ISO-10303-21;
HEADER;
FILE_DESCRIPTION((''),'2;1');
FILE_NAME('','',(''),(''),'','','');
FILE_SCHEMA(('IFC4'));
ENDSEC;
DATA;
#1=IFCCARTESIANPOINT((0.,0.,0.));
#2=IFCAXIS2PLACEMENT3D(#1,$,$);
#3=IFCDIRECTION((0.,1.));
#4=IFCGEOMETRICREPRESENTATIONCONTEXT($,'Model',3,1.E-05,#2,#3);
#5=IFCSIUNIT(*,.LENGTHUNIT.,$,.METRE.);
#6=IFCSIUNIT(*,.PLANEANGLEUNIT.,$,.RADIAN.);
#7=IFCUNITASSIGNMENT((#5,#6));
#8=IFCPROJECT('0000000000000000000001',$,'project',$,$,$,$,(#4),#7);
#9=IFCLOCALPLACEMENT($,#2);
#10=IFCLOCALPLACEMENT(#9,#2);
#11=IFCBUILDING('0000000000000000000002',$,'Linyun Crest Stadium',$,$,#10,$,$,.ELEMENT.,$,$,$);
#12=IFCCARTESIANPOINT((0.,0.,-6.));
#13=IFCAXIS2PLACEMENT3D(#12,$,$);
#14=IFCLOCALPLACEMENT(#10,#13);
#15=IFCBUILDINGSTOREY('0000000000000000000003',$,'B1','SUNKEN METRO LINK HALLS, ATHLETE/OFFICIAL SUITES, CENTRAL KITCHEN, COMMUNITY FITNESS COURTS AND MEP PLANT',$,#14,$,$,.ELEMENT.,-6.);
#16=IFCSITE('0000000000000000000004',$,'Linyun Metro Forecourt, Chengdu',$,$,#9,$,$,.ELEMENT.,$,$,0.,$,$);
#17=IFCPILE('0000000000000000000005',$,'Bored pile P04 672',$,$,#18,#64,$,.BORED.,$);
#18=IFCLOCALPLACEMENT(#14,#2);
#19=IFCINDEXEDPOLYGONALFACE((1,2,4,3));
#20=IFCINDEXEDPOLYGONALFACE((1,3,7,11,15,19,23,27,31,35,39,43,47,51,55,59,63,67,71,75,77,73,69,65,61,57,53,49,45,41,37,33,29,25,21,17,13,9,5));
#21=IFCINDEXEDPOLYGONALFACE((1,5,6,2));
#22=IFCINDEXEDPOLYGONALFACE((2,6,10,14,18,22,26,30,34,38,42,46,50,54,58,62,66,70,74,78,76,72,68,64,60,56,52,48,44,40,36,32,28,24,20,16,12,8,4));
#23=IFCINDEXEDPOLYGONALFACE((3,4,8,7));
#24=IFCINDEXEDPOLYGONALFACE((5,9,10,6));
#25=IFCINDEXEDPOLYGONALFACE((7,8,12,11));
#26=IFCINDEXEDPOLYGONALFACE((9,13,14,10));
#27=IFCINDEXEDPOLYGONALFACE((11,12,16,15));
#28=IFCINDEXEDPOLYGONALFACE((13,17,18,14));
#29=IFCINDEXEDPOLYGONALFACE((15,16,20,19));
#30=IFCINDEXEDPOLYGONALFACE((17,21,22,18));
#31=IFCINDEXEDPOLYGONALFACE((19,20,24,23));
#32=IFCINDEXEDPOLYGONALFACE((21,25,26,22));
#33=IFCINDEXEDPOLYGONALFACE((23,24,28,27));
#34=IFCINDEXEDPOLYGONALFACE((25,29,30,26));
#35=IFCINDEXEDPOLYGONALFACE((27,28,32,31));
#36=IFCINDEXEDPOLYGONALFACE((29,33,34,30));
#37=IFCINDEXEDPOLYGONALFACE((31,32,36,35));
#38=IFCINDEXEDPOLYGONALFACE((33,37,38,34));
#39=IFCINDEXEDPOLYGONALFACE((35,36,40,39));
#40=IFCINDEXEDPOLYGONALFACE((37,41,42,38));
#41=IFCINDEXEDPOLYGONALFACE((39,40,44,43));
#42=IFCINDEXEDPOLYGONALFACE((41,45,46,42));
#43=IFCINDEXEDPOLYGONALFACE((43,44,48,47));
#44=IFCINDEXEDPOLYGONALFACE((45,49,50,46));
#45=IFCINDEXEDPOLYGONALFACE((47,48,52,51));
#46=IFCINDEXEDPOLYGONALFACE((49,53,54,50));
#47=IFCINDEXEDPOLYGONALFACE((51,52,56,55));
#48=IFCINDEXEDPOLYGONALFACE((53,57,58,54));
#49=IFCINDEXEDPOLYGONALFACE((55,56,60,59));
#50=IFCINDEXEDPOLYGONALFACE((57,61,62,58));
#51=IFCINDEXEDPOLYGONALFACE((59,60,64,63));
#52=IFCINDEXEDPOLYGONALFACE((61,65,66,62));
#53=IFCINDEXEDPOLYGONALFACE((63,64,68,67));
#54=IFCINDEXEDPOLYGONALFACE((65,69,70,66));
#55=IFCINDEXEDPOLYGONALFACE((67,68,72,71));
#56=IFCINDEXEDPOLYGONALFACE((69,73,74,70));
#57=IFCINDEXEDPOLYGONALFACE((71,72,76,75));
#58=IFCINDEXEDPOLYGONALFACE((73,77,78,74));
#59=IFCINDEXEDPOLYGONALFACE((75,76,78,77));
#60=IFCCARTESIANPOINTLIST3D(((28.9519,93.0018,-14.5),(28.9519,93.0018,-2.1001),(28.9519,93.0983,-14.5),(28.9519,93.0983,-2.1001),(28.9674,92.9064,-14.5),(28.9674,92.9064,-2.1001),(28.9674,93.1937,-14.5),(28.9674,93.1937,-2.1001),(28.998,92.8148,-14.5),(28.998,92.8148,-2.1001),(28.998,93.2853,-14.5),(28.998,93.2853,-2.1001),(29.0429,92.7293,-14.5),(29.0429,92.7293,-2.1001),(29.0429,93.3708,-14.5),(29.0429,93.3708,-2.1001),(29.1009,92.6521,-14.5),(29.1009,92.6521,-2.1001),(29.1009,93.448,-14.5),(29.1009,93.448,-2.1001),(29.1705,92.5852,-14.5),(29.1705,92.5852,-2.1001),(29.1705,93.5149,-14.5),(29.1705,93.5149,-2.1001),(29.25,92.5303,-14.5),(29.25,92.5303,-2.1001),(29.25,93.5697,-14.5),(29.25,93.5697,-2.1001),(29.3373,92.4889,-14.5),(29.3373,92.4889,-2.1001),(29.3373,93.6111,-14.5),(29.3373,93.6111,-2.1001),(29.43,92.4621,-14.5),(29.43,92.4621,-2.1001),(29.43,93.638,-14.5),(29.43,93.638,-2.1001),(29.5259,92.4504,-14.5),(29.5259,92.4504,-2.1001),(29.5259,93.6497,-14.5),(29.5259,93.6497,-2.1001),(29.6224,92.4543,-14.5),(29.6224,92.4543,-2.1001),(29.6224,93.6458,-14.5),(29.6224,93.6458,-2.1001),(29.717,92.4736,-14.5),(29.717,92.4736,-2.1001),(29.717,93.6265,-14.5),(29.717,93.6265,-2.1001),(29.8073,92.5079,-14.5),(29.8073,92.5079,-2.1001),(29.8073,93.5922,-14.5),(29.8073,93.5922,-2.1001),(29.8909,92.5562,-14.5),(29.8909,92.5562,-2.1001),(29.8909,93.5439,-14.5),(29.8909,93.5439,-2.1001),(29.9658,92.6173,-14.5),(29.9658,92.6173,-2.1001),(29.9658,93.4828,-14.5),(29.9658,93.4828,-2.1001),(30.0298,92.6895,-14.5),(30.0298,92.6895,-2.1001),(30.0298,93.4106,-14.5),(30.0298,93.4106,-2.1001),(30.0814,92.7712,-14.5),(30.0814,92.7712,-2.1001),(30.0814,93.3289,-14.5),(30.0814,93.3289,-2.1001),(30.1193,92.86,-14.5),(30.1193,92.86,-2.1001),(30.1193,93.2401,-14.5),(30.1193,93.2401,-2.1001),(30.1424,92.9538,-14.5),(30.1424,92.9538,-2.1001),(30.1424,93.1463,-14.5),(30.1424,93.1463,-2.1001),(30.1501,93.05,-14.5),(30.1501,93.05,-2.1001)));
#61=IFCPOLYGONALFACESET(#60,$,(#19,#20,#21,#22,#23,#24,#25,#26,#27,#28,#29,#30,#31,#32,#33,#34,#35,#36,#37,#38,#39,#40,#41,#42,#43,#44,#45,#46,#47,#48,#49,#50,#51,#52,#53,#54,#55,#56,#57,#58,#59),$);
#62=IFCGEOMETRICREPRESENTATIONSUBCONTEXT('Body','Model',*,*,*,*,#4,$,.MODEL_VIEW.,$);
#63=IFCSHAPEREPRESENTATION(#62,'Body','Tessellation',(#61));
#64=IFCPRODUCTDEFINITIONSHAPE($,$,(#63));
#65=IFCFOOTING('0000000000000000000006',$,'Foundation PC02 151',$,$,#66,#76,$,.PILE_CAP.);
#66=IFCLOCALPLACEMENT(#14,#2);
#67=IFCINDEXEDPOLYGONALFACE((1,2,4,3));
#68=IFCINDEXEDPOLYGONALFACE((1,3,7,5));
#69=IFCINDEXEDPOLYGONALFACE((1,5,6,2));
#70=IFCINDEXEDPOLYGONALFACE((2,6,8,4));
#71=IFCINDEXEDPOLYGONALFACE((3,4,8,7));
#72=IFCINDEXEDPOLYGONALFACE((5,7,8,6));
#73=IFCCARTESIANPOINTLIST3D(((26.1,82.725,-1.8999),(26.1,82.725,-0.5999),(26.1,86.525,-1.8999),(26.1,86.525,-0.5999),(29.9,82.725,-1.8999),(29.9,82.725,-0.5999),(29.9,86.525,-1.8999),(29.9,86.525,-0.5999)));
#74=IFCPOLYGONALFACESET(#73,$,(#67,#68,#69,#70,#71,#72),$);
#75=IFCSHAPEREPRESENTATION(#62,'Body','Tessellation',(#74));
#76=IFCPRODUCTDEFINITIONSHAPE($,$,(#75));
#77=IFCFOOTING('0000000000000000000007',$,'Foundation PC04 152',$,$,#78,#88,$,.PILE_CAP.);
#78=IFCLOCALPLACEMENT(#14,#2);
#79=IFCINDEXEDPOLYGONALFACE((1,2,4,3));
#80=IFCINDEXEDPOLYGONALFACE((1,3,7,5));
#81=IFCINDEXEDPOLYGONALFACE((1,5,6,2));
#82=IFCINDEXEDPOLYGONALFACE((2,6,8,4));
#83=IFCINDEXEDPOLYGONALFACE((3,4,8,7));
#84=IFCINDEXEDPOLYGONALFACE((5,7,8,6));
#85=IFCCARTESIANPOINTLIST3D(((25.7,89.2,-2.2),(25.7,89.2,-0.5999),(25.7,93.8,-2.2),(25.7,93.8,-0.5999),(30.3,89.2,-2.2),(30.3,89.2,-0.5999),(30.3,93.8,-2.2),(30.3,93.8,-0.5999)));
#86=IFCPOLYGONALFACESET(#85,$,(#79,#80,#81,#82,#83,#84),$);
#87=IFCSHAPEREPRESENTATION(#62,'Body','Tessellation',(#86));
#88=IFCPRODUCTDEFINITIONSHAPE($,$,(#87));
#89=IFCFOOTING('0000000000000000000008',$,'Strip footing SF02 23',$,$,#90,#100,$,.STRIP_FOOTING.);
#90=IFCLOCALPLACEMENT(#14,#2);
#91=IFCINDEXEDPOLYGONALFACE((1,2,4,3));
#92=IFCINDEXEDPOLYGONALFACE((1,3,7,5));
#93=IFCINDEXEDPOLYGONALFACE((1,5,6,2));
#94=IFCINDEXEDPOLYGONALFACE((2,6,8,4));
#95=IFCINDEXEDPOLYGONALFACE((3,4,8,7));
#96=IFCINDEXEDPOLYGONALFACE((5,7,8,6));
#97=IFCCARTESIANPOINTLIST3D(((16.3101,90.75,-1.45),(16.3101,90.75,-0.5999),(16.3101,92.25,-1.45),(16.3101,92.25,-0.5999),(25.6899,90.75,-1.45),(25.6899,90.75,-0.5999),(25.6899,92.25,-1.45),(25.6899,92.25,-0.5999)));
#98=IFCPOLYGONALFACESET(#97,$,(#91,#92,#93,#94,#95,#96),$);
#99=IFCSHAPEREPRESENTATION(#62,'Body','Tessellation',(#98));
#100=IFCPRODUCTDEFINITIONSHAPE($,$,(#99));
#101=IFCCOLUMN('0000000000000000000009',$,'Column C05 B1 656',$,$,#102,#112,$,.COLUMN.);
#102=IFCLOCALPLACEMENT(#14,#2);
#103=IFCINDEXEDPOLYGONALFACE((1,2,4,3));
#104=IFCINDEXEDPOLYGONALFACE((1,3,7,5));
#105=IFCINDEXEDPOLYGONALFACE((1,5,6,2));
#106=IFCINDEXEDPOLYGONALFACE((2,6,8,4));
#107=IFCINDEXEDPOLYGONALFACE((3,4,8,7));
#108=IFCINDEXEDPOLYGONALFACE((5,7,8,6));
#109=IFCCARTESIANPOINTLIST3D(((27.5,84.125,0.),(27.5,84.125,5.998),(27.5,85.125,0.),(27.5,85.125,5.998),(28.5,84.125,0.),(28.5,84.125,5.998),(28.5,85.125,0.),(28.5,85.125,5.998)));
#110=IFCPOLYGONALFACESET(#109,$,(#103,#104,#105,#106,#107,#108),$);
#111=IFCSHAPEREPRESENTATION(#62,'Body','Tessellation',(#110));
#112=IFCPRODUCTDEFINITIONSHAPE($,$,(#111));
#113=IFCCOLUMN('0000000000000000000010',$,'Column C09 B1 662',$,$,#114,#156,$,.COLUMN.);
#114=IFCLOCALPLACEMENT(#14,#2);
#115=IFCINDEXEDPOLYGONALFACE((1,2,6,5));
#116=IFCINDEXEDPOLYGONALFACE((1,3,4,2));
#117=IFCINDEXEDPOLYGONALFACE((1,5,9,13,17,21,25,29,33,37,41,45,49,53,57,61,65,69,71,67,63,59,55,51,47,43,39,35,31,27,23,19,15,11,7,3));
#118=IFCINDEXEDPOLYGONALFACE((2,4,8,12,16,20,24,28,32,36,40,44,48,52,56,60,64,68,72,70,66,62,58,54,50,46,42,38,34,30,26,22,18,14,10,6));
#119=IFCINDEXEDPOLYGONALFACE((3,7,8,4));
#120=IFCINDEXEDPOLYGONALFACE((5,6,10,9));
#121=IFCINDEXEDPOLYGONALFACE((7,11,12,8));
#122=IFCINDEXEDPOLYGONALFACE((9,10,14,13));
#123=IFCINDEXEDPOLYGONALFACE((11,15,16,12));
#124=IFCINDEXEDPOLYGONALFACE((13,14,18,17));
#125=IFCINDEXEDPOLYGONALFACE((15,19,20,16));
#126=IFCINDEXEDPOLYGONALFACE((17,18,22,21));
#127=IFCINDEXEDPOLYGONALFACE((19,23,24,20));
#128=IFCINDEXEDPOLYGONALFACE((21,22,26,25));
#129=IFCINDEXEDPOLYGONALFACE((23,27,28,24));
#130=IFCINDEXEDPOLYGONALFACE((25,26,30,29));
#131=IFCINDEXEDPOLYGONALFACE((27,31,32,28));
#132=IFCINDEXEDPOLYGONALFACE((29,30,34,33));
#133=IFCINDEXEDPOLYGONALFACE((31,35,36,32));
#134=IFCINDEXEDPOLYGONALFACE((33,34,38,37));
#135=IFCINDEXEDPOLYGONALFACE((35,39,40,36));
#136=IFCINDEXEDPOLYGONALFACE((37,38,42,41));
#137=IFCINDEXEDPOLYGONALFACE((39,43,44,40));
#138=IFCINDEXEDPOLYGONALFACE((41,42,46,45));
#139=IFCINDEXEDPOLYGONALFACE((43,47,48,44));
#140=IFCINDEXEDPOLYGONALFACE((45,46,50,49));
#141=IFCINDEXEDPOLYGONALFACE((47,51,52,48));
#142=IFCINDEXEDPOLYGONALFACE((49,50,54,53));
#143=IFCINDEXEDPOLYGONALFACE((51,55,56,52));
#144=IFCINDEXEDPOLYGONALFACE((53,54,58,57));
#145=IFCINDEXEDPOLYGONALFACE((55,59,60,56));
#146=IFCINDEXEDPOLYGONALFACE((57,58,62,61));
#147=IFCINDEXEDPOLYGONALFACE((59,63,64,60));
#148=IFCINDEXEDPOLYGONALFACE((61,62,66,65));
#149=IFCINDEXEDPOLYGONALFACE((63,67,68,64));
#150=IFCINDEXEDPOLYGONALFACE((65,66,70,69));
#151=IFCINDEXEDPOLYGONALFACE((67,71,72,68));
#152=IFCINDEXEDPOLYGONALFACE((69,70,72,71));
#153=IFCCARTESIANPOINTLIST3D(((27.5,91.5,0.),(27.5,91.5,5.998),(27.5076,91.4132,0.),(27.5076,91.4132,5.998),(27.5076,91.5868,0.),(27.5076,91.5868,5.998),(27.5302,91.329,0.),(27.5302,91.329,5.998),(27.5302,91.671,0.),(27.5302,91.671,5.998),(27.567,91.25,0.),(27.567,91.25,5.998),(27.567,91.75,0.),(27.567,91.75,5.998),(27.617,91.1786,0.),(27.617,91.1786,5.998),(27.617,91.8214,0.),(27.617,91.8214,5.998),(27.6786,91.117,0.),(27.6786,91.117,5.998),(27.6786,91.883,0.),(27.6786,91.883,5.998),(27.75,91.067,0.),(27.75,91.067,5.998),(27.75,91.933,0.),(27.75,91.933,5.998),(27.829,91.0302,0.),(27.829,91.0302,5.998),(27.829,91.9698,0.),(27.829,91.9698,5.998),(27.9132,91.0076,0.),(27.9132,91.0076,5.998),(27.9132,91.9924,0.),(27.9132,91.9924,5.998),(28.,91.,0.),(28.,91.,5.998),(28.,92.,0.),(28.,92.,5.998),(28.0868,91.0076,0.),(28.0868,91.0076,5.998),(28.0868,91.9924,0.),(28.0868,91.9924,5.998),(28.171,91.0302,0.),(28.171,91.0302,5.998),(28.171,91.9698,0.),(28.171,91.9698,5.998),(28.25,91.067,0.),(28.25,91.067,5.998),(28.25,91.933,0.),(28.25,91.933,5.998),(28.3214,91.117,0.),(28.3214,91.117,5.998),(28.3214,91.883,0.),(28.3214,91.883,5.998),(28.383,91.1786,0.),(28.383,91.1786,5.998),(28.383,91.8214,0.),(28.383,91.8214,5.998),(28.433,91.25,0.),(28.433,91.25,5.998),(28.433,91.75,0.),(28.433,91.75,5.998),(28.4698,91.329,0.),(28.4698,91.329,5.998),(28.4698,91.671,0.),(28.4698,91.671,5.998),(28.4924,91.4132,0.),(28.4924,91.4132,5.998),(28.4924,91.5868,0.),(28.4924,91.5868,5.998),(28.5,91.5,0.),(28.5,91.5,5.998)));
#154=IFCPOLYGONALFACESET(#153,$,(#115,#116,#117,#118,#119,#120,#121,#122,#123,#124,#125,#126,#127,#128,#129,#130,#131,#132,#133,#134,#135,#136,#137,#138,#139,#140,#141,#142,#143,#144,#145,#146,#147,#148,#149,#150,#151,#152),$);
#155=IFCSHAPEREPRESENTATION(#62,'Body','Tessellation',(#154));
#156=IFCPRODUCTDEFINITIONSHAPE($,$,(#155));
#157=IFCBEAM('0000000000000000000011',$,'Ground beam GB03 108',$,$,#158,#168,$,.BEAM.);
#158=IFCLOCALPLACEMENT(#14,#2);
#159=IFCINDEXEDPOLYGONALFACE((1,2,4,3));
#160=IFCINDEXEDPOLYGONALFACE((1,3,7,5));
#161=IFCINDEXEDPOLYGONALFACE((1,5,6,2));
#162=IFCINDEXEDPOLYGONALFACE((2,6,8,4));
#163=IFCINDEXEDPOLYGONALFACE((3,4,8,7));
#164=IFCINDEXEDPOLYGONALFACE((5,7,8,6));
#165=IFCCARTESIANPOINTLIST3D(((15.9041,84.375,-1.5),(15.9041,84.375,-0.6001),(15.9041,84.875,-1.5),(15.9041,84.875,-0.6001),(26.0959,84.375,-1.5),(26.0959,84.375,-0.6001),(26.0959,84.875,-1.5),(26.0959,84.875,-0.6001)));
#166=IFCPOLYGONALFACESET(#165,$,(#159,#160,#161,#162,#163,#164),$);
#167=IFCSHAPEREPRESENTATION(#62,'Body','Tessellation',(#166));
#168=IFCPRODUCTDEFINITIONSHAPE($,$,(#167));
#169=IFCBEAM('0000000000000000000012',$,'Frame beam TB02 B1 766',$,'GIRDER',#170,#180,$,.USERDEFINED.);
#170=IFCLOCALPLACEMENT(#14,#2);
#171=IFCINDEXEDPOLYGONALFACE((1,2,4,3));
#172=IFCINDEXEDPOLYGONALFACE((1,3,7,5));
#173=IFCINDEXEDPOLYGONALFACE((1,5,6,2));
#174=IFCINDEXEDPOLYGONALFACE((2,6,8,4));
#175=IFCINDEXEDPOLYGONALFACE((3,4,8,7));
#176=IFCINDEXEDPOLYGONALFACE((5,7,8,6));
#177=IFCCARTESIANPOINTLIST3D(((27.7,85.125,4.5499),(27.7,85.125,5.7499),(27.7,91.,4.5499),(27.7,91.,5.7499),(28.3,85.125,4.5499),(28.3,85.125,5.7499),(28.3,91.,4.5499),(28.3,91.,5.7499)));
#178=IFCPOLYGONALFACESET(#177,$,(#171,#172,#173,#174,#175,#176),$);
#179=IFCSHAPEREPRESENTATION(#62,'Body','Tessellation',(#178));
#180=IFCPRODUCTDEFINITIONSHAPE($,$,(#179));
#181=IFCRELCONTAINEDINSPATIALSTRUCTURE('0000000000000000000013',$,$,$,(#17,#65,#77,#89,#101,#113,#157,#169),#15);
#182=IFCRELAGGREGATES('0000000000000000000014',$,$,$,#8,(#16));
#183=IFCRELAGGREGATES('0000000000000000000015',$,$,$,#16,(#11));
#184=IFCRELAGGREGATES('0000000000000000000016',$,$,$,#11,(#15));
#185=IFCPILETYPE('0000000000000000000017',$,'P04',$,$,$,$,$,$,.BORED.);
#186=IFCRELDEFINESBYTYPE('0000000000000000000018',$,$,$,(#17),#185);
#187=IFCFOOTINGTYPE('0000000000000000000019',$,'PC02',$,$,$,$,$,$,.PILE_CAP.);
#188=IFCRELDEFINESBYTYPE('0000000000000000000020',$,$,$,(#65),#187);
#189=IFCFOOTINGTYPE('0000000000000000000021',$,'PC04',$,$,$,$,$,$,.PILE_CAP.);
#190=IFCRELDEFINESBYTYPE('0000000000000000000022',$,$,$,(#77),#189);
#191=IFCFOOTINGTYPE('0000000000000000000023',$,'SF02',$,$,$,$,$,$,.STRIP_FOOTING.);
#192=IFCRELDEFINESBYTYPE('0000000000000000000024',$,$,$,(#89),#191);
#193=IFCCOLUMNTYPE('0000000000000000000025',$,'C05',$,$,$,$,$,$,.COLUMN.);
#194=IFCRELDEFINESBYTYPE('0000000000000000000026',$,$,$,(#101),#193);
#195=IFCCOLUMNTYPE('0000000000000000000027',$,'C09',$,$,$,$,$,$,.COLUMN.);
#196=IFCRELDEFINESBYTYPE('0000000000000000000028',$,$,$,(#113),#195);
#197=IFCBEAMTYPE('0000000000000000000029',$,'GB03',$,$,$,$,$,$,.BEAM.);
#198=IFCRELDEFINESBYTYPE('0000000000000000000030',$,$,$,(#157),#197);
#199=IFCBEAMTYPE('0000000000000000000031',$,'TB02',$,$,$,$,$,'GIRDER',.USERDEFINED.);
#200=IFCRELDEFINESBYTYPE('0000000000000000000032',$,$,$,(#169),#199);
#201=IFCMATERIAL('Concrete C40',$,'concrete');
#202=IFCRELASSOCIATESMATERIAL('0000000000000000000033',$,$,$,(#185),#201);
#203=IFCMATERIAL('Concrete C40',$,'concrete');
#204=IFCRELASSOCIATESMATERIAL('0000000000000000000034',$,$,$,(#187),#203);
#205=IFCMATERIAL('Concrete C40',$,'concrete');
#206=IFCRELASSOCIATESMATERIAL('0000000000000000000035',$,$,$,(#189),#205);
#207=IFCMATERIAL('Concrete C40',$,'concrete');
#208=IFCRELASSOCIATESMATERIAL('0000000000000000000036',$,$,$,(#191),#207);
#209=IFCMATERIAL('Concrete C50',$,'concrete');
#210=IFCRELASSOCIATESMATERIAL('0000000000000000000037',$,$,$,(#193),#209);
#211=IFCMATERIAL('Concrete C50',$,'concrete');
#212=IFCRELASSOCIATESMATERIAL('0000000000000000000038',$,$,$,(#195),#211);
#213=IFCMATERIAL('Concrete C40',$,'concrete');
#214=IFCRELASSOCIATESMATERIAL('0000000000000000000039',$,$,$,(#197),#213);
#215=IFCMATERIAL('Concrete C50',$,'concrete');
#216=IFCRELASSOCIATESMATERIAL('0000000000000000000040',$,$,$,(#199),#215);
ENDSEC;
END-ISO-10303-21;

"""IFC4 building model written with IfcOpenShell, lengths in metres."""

from ifc_helpers import new_model, si_unit, direction, frame, origin, origin_2d, place, context, subcontext, project, spatial, rectangle, circle, extrude, material, material_profile, profile_set, type_object, element, save


model = new_model("IFC4")

# Units and contexts
model_context = context("Model", 3, precision=1e-05, world=origin(), true_north=direction((0.0, 1.0)))
body_context = subcontext(model_context, "Body", "Model", "MODEL_VIEW")
ifc_project = project(units=[si_unit("LENGTHUNIT", "METRE"), si_unit("PLANEANGLEUNIT", "RADIAN")], contexts=[model_context])

# Site, building, storey
site_placement = place(None, origin())
site = spatial("IfcSite", under=ifc_project, at=site_placement, Name="Linyun Metro Forecourt, Chengdu", CompositionType="ELEMENT", RefElevation=0.0)
building_placement = place(site_placement, origin())
building = spatial("IfcBuilding", under=site, at=building_placement, Name="Linyun Crest Stadium", CompositionType="ELEMENT")
storey_placement = place(building_placement, frame((0.0, 0.0, -6.0)))
storey = spatial("IfcBuildingStorey", under=building, at=storey_placement, Name="B1", Description="SUNKEN METRO LINK HALLS, ATHLETE/OFFICIAL SUITES, CENTRAL KITCHEN, COMMUNITY FITNESS COURTS AND MEP PLANT", CompositionType="ELEMENT", Elevation=-6.0)

# Pile
ifc_material_1 = material(Name="Concrete C40", Category="concrete")
ifc_material_profile_1 = material_profile(ifc_material_1, circle(Radius=0.6001, at=origin_2d()), Name="BORED PILE 1200")
ifc_profile_set_1 = profile_set([ifc_material_profile_1], Name="Concrete C40")
pile_type_1 = type_object("IfcPileType", Name="P04", PredefinedType="BORED", material=ifc_profile_set_1)
for number, where, z_axis, x_axis, name in (
    (1, (29.55, 93.05, -2.1001), (0.0, 0.0, -1.0), (1.0, 0.0, 0.0), "Bored pile P04 672"),
):
    element("IfcPile", number, at=place(storey_placement, frame(where, z_axis=z_axis, x_axis=x_axis)), inside=storey, type_object=pile_type_1, Name=name, PredefinedType="BORED", context=body_context, shape_type="SweptSolid", body=[
        extrude(circle(Radius=0.6001, at=origin_2d()), origin(), (0.0, 0.0, 1.0), 12.3999),
    ])

# Footings
ifc_material_2 = material(Name="Concrete C40", Category="concrete")
footing_type_1 = type_object("IfcFootingType", Name="PC02", PredefinedType="PILE_CAP", material=ifc_material_2)
footing_1_placement = place(storey_placement, frame((28.0, 84.625, -1.8999), z_axis=(0.0, 0.0, 1.0), x_axis=(1.0, 0.0, 0.0)))
element("IfcFooting", 2, at=footing_1_placement, inside=storey, type_object=footing_type_1, Name="Foundation PC02 151", PredefinedType="PILE_CAP", context=body_context, shape_type="SweptSolid", body=[
    extrude(rectangle(XDim=3.8, YDim=3.8, at=origin_2d()), origin(), (0.0, 0.0, 1.0), 1.3),
])
ifc_material_3 = material(Name="Concrete C40", Category="concrete")
footing_type_2 = type_object("IfcFootingType", Name="PC04", PredefinedType="PILE_CAP", material=ifc_material_3)
footing_2_placement = place(storey_placement, frame((28.0, 91.5, -2.2), z_axis=(0.0, 0.0, 1.0), x_axis=(1.0, 0.0, 0.0)))
element("IfcFooting", 3, at=footing_2_placement, inside=storey, type_object=footing_type_2, Name="Foundation PC04 152", PredefinedType="PILE_CAP", context=body_context, shape_type="SweptSolid", body=[
    extrude(rectangle(XDim=4.6001, YDim=4.6001, at=origin_2d()), origin(), (0.0, 0.0, 1.0), 1.6001),
])
ifc_material_4 = material(Name="Concrete C40", Category="concrete")
footing_type_3 = type_object("IfcFootingType", Name="SF02", PredefinedType="STRIP_FOOTING", material=ifc_material_4)
footing_3_placement = place(storey_placement, frame((21.0, 91.5, -1.45), z_axis=(0.0, 0.0, 1.0), x_axis=(1.0, 0.0, 0.0)))
element("IfcFooting", 4, at=footing_3_placement, inside=storey, type_object=footing_type_3, Name="Strip footing SF02 23", PredefinedType="STRIP_FOOTING", context=body_context, shape_type="SweptSolid", body=[
    extrude(rectangle(XDim=9.3799, YDim=1.5, at=origin_2d()), origin(), (0.0, 0.0, 1.0), 0.8501),
])

# Columns
ifc_material_5 = material(Name="Concrete C50", Category="concrete")
ifc_material_profile_2 = material_profile(ifc_material_5, rectangle(XDim=1.0, YDim=1.0, at=origin_2d()), Name="RC 1000x1000")
ifc_profile_set_2 = profile_set([ifc_material_profile_2], Name="Concrete C50")
column_type_1 = type_object("IfcColumnType", Name="C05", PredefinedType="COLUMN", material=ifc_profile_set_2)
column_1_placement = place(storey_placement, frame((28.0, 84.625, 0.0), z_axis=(0.0, 0.0, 1.0), x_axis=(1.0, 0.0, 0.0)))
element("IfcColumn", 5, at=column_1_placement, inside=storey, type_object=column_type_1, Name="Column C05 B1 656", PredefinedType="COLUMN", context=body_context, shape_type="SweptSolid", body=[
    extrude(rectangle(XDim=1.0, YDim=1.0, at=origin_2d()), origin(), (0.0, 0.0, 1.0), 5.998),
])
ifc_material_6 = material(Name="Concrete C50", Category="concrete")
ifc_material_profile_3 = material_profile(ifc_material_6, circle(Radius=0.5, at=origin_2d()), Name="RC D1000")
ifc_profile_set_3 = profile_set([ifc_material_profile_3], Name="Concrete C50")
column_type_2 = type_object("IfcColumnType", Name="C09", PredefinedType="COLUMN", material=ifc_profile_set_3)
column_2_placement = place(storey_placement, frame((28.0, 91.5, 0.0), z_axis=(0.0, 0.0, 1.0), x_axis=(1.0, 0.0, 0.0)))
element("IfcColumn", 6, at=column_2_placement, inside=storey, type_object=column_type_2, Name="Column C09 B1 662", PredefinedType="COLUMN", context=body_context, shape_type="SweptSolid", body=[
    extrude(circle(Radius=0.5, at=origin_2d()), origin(), (0.0, 0.0, 1.0), 5.998),
])

# Beams
ifc_material_7 = material(Name="Concrete C40", Category="concrete")
ifc_material_profile_4 = material_profile(ifc_material_7, rectangle(XDim=0.5, YDim=0.8999, at=origin_2d()), Name="RCB 900x500")
ifc_profile_set_4 = profile_set([ifc_material_profile_4], Name="Concrete C40")
beam_type_1 = type_object("IfcBeamType", Name="GB03", PredefinedType="BEAM", material=ifc_profile_set_4)
beam_1_placement = place(storey_placement, frame((15.9041, 84.625, -1.05), z_axis=(1.0, 0.0, 0.0), x_axis=(0.0, 1.0, 0.0)))
element("IfcBeam", 7, at=beam_1_placement, inside=storey, type_object=beam_type_1, Name="Ground beam GB03 108", PredefinedType="BEAM", context=body_context, shape_type="SweptSolid", body=[
    extrude(rectangle(XDim=0.5, YDim=0.8999, at=origin_2d()), origin(), (0.0, 0.0, 1.0), 10.1919),
])
ifc_material_8 = material(Name="Concrete C50", Category="concrete")
ifc_material_profile_5 = material_profile(ifc_material_8, rectangle(XDim=0.6001, YDim=1.2, at=origin_2d()), Name="RCB 1200x600")
ifc_profile_set_5 = profile_set([ifc_material_profile_5], Name="Concrete C50")
beam_type_2 = type_object("IfcBeamType", Name="TB02", ElementType="GIRDER", PredefinedType="USERDEFINED", material=ifc_profile_set_5)
beam_2_placement = place(storey_placement, frame((28.0, 85.125, 5.1499), z_axis=(0.0, 1.0, 0.0), x_axis=(-1.0, 0.0, 0.0)))
element("IfcBeam", 8, at=beam_2_placement, inside=storey, type_object=beam_type_2, Name="Frame beam TB02 B1 766", ObjectType="GIRDER", PredefinedType="USERDEFINED", context=body_context, shape_type="SweptSolid", body=[
    extrude(rectangle(XDim=0.6001, YDim=1.2, at=origin_2d()), origin(), (0.0, 0.0, 1.0), 5.875),
])

save(model, "model.ifc")
